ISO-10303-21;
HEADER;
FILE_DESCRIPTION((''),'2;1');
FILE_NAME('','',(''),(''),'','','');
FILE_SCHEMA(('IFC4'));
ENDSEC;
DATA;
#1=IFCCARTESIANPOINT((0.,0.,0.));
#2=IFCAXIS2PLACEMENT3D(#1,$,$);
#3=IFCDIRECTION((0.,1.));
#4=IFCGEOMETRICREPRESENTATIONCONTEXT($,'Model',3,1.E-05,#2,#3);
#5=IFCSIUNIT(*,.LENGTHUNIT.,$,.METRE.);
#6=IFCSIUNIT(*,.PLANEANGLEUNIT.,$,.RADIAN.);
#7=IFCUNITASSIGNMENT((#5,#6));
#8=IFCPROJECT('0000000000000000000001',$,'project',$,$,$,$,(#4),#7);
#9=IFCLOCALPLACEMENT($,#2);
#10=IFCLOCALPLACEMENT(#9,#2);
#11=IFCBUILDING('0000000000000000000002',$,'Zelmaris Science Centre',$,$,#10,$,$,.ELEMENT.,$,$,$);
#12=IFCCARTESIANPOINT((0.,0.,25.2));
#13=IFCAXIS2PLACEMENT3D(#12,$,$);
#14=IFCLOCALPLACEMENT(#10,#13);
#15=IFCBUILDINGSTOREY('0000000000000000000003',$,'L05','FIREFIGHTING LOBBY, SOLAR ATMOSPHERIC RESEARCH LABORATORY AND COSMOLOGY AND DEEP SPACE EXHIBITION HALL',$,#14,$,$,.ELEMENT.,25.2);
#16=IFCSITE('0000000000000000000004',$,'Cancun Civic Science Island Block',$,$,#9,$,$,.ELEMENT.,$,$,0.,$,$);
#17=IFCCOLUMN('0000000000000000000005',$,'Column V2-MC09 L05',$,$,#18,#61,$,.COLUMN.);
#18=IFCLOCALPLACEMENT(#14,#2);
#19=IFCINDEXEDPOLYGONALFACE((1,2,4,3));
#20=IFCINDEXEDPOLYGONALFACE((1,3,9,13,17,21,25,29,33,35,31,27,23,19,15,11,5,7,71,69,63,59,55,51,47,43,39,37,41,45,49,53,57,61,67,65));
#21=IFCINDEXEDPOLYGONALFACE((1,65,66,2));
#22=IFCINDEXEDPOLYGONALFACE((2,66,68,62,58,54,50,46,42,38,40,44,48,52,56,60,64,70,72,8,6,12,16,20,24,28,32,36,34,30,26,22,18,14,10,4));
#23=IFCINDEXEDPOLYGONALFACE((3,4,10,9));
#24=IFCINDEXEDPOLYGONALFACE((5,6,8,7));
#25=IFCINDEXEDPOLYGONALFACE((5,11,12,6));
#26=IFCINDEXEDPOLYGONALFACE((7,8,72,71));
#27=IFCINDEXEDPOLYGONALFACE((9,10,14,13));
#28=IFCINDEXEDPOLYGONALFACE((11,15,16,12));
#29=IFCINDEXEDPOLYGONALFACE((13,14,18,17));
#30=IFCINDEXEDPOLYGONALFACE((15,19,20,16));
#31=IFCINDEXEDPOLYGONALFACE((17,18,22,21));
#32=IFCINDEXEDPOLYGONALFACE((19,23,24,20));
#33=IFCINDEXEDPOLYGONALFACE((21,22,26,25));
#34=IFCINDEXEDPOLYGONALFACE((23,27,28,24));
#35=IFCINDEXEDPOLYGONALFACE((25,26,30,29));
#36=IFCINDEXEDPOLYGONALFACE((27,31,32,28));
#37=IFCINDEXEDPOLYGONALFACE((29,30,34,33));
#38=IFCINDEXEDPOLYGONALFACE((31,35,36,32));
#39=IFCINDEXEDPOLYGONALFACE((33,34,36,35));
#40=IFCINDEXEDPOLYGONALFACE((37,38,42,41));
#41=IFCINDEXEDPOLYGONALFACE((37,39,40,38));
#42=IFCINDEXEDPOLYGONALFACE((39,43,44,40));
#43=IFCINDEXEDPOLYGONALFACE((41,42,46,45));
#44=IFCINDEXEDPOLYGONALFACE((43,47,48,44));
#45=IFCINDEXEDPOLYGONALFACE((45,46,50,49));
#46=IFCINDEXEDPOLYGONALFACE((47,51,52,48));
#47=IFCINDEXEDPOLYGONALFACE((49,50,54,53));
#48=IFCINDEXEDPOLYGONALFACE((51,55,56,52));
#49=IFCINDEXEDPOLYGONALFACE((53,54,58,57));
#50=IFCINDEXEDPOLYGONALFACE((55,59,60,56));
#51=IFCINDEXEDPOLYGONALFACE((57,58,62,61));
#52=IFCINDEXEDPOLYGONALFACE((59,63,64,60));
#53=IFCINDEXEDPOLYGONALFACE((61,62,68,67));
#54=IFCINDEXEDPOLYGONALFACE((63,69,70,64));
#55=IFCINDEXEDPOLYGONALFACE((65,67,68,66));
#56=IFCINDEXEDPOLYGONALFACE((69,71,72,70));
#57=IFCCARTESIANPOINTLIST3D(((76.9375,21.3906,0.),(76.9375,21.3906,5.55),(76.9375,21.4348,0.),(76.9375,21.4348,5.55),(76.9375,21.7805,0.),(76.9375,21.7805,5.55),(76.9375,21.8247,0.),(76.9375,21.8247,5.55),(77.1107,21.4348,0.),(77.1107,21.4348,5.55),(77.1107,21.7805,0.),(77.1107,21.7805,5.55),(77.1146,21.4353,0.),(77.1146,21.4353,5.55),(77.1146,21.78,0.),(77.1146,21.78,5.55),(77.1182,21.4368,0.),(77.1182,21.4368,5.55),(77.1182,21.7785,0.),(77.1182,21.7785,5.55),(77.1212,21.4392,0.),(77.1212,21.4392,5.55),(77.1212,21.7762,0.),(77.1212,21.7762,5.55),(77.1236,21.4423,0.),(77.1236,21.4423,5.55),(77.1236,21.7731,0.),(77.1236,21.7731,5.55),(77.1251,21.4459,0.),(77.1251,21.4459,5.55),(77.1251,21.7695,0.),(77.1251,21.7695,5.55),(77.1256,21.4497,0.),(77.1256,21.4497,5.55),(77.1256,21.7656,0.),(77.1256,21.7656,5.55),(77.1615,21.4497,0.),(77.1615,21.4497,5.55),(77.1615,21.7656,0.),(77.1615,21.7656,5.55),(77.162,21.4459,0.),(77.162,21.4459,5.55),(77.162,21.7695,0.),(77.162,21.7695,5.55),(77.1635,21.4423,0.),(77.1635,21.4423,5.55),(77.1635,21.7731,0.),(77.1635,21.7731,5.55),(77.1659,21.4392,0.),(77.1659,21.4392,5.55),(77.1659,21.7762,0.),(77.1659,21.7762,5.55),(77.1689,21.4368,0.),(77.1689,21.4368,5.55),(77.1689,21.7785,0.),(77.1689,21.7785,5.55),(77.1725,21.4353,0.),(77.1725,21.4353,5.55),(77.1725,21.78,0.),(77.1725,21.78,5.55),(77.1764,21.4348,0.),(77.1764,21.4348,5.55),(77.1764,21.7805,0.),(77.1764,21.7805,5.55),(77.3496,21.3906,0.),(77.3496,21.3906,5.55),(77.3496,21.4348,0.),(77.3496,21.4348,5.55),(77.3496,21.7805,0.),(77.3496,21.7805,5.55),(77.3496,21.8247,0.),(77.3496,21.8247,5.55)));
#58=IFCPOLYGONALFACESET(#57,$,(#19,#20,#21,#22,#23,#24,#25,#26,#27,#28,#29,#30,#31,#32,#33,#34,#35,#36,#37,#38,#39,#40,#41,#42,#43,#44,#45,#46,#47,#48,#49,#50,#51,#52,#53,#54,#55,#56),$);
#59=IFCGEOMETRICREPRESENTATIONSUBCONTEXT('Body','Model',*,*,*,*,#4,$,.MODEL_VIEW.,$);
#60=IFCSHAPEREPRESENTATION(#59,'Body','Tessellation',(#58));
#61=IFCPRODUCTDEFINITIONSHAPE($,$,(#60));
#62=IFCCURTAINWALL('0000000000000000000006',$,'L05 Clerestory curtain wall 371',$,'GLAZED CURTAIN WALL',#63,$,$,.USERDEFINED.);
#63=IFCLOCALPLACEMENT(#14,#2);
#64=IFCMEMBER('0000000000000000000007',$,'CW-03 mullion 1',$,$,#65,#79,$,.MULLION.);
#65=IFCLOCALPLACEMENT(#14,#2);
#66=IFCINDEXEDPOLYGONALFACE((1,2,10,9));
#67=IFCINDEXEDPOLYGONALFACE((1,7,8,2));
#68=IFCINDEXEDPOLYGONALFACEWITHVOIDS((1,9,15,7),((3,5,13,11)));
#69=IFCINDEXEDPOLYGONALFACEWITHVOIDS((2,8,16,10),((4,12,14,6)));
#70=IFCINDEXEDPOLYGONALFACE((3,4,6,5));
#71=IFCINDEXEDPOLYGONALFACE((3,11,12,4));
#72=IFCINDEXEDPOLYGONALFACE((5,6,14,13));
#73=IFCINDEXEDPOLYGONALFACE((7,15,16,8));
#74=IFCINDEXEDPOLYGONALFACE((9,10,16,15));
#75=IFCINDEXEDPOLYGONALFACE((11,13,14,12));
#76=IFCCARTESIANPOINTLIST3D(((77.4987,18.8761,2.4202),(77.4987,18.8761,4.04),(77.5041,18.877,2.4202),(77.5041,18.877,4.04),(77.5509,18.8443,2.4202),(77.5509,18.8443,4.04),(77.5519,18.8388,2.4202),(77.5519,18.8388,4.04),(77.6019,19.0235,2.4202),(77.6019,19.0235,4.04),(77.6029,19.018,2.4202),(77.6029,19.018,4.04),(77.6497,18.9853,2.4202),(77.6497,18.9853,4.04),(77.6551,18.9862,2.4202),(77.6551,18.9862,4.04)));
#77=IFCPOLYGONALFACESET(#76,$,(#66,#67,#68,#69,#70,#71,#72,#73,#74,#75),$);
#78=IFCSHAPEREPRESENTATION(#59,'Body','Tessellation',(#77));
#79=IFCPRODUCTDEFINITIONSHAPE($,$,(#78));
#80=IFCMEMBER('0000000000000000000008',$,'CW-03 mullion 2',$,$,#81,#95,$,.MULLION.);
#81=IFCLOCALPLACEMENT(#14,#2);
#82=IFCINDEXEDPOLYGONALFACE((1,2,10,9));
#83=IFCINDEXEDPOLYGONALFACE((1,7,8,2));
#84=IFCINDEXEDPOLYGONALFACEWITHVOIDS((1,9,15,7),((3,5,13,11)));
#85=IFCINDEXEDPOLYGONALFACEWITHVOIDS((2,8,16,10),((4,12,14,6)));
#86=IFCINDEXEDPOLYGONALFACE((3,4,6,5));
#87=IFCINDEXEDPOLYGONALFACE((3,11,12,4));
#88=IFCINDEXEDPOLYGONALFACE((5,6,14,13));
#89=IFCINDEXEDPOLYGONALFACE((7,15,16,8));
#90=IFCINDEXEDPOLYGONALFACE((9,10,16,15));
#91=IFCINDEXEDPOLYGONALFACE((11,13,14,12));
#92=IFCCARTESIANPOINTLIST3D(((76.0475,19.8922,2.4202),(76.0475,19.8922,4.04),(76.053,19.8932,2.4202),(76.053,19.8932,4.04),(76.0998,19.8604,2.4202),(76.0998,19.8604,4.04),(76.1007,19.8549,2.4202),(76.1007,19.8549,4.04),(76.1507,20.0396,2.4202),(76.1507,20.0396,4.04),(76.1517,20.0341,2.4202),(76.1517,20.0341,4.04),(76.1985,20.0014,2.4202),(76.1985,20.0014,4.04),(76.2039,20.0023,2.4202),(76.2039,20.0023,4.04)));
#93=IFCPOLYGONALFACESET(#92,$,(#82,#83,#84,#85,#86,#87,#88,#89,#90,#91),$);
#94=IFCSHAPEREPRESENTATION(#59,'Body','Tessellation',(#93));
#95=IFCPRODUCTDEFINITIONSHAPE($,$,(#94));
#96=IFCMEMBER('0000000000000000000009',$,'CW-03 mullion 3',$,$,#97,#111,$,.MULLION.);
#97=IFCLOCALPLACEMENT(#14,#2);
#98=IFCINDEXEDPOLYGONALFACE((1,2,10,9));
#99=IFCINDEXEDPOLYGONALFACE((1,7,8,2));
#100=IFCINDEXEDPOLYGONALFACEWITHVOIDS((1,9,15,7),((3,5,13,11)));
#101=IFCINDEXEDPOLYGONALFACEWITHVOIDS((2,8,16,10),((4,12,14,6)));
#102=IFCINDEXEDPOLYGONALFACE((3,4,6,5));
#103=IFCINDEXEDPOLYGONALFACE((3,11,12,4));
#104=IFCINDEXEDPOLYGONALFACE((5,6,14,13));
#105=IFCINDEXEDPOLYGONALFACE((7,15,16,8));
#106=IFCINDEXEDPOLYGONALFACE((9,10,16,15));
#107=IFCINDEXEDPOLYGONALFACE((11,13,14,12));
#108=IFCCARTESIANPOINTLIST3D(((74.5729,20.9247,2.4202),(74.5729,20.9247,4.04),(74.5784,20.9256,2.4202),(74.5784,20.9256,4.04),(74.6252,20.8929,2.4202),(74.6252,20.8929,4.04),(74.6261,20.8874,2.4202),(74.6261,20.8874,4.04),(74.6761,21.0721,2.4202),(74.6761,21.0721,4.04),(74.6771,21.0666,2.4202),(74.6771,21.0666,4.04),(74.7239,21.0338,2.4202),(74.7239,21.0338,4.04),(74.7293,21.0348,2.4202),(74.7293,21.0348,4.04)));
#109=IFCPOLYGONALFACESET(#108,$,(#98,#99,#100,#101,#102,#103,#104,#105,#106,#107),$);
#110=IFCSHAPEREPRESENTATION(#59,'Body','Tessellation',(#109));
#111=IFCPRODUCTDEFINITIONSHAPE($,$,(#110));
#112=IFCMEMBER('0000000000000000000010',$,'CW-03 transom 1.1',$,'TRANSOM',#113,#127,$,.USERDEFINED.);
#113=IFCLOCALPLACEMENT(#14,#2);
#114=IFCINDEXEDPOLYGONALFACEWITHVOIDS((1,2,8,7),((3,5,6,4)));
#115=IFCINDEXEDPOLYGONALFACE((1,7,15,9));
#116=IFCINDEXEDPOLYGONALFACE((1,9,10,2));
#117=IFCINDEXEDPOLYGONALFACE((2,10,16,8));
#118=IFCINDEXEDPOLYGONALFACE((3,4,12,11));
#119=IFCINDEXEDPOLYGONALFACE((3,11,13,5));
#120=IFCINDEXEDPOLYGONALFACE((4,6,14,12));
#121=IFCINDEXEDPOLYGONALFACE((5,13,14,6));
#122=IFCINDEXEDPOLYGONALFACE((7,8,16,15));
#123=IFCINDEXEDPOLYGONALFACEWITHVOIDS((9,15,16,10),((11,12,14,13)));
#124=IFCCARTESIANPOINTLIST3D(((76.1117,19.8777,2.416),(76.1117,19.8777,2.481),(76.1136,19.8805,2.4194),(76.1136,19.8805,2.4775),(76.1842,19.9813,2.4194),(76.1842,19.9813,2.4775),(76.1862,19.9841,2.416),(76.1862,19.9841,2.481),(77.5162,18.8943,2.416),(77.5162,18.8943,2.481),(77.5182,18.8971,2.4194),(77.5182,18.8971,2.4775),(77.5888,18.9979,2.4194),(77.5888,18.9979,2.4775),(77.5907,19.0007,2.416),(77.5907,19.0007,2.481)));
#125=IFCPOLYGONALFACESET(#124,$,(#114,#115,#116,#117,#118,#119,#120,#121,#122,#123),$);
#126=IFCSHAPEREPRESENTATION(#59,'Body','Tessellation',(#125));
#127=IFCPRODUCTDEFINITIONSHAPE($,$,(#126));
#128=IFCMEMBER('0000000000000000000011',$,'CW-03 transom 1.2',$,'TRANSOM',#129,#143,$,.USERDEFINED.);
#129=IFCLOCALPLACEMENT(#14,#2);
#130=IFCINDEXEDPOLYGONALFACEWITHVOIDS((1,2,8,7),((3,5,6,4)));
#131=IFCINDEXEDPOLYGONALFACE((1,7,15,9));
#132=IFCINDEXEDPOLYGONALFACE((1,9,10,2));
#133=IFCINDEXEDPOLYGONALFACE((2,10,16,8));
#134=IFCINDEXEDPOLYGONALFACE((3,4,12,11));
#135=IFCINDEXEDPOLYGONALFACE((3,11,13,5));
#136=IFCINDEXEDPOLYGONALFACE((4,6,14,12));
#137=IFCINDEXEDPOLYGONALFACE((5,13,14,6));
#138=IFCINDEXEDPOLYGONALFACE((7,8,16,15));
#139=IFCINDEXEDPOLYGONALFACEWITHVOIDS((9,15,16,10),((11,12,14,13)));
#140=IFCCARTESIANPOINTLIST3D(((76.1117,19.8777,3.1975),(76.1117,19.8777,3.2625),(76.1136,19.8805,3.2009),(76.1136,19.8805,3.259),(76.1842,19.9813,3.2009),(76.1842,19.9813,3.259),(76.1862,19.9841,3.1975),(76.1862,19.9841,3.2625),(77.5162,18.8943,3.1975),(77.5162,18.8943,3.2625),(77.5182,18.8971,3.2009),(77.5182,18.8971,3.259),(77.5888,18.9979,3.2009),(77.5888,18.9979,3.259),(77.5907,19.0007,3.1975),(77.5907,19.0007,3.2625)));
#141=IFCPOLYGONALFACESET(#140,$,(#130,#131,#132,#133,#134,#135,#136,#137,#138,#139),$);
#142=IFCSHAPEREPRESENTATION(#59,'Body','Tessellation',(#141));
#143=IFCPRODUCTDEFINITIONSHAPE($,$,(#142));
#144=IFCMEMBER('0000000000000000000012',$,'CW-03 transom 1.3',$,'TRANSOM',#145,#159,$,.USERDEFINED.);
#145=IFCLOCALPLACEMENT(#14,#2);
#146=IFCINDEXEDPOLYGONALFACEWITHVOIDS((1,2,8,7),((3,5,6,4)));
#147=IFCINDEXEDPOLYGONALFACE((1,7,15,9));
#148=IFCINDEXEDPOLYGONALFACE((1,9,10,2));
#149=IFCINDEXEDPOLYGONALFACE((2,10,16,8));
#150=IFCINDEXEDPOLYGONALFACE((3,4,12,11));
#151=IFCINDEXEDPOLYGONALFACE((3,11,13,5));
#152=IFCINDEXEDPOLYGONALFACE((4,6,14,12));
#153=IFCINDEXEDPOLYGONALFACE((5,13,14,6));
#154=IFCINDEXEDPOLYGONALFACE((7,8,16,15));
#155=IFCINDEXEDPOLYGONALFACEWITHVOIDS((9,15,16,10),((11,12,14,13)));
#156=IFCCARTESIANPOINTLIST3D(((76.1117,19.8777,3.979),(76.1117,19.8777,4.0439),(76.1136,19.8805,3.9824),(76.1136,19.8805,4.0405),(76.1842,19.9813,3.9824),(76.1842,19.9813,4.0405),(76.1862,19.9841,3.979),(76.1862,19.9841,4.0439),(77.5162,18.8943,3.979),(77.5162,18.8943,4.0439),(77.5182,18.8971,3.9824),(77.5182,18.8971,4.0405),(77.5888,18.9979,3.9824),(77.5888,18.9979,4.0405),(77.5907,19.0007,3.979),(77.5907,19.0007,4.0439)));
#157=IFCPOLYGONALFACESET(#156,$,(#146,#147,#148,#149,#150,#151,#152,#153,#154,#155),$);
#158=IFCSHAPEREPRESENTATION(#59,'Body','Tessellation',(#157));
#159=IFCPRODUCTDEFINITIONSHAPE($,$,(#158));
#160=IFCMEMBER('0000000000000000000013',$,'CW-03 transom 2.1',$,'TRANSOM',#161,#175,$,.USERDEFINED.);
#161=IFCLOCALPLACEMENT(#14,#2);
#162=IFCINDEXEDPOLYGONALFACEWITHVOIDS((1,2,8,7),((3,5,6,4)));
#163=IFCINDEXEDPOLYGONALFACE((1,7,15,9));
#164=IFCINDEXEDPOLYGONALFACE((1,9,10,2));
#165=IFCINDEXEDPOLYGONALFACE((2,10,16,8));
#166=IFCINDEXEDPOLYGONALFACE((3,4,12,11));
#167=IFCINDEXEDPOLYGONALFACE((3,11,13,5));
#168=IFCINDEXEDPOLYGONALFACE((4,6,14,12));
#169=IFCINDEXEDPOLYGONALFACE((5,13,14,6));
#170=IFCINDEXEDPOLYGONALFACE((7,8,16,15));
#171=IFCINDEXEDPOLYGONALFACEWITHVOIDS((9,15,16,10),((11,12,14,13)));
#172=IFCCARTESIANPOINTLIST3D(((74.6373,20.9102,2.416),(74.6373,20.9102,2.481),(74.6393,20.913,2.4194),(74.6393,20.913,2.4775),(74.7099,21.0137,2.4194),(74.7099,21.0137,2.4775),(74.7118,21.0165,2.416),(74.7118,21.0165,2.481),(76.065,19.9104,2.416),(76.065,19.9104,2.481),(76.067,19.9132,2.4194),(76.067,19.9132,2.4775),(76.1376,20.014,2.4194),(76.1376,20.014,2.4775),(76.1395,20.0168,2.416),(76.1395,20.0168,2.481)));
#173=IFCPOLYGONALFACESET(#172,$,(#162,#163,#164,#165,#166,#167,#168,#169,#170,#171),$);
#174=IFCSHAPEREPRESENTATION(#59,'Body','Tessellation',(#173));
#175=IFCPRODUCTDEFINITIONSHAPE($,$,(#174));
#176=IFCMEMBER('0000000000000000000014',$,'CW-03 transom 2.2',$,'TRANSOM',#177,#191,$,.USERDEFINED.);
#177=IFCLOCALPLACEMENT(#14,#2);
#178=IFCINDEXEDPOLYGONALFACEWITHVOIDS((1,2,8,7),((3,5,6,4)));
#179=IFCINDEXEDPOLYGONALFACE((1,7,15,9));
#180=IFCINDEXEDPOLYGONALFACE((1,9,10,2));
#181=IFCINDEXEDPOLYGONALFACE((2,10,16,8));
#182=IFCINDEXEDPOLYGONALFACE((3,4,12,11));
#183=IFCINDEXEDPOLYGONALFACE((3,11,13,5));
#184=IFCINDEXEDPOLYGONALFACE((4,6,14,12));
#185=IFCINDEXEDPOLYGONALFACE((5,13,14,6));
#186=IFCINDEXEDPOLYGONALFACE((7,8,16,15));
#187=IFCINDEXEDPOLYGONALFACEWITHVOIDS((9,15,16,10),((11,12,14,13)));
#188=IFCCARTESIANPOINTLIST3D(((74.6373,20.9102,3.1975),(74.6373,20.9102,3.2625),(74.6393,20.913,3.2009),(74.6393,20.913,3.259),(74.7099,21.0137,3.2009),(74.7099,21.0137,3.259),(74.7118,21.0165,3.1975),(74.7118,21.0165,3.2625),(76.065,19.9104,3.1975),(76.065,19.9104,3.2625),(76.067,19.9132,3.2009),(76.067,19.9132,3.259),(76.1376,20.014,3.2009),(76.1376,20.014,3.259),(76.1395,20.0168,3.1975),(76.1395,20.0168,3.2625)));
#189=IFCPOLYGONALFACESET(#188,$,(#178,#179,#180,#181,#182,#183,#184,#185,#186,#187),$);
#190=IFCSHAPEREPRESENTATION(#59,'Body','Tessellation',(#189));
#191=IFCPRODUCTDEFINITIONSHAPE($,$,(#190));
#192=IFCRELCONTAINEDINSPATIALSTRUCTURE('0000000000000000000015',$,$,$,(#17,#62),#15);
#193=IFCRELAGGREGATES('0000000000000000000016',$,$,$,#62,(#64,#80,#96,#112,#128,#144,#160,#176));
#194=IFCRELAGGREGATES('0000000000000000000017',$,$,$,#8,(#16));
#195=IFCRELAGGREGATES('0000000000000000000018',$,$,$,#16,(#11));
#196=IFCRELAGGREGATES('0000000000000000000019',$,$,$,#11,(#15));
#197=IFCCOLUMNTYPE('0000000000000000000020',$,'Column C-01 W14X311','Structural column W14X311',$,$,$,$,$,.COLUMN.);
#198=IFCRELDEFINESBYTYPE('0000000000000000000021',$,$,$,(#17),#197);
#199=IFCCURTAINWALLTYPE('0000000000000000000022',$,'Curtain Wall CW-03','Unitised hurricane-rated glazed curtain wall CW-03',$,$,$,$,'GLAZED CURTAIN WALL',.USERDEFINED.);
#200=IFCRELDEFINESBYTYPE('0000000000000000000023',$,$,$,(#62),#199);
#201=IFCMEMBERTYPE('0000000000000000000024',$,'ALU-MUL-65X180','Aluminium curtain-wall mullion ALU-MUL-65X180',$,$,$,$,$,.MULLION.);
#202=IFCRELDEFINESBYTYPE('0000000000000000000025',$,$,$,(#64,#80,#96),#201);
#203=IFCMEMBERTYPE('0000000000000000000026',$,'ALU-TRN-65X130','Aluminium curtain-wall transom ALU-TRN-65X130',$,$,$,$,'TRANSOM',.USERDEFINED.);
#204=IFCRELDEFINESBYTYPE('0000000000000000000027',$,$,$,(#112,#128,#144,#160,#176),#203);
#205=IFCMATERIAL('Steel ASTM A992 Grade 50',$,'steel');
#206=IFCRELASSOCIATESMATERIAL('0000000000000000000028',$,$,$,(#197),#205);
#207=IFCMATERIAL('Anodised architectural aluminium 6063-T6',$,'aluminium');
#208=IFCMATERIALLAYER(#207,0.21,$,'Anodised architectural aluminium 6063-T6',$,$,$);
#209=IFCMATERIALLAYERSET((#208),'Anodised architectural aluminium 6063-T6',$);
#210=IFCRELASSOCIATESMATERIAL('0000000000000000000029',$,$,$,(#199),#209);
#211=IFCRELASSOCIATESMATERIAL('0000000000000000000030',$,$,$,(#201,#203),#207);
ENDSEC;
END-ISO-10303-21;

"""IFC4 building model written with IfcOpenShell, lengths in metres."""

from ifc_helpers import new_model, si_unit, direction, frame, origin, origin_2d, place, context, subcontext, project, spatial, hollow_rectangle, i_section, extrude, material, layer, layer_set, material_profile, profile_set, type_object, element, aggregate, save


model = new_model("IFC4")

# Units and contexts
model_context = context("Model", 3, precision=1e-05, world=origin(), true_north=direction((0.0, 1.0)))
body_context = subcontext(model_context, "Body", "Model", "MODEL_VIEW")
ifc_project = project(units=[si_unit("LENGTHUNIT", "METRE"), si_unit("PLANEANGLEUNIT", "RADIAN")], contexts=[model_context])

# Site, building, storey
site_placement = place(None, origin())
site = spatial("IfcSite", under=ifc_project, at=site_placement, Name="Cancun Civic Science Island Block", CompositionType="ELEMENT", RefElevation=0.0)
building_placement = place(site_placement, origin())
building = spatial("IfcBuilding", under=site, at=building_placement, Name="Zelmaris Science Centre", CompositionType="ELEMENT")
storey_placement = place(building_placement, frame((0.0, 0.0, 25.2)))
storey = spatial("IfcBuildingStorey", under=building, at=storey_placement, Name="L05", Description="FIREFIGHTING LOBBY, SOLAR ATMOSPHERIC RESEARCH LABORATORY AND COSMOLOGY AND DEEP SPACE EXHIBITION HALL", CompositionType="ELEMENT", Elevation=25.2)

# Column
ifc_material_1 = material(Name="Steel ASTM A992 Grade 50", Category="steel")
ifc_material_profile_1 = material_profile(ifc_material_1, i_section(OverallWidth=0.4121, OverallDepth=0.4341, WebThickness=0.0359, FlangeThickness=0.0442, FilletRadius=0.0149, at=origin_2d()), Name="W14X311")
ifc_profile_set_1 = profile_set([ifc_material_profile_1], Name="Steel ASTM A992 Grade 50")
column_type = type_object("IfcColumnType", Name="Column C-01 W14X311", Description="Structural column W14X311", PredefinedType="COLUMN", material=ifc_profile_set_1)
column_placement = place(storey_placement, frame((77.1436, 21.6077, 0.0), z_axis=(0.0, 0.0, 1.0), x_axis=(1.0, 0.0, 0.0)))
element("IfcColumn", 1, at=column_placement, inside=storey, type_object=column_type, Name="Column V2-MC09 L05", PredefinedType="COLUMN", context=body_context, shape_type="SweptSolid", body=[
    extrude(i_section(OverallWidth=0.4121, OverallDepth=0.4341, WebThickness=0.0359, FlangeThickness=0.0442, FilletRadius=0.0149, at=origin_2d()), origin(), (0.0, 0.0, 1.0), 5.55),
])

# Curtain wall, members
ifc_material_2 = material(Name="Anodised architectural aluminium 6063-T6", Category="aluminium")
ifc_layer_1 = layer(ifc_material_2, 0.21, Name="Anodised architectural aluminium 6063-T6")
ifc_layer_set_1 = layer_set([ifc_layer_1], Name="Anodised architectural aluminium 6063-T6")
curtain_wall_type = type_object("IfcCurtainWallType", Name="Curtain Wall CW-03", Description="Unitised hurricane-rated glazed curtain wall CW-03", ElementType="GLAZED CURTAIN WALL", PredefinedType="USERDEFINED", material=ifc_layer_set_1)
curtain_wall_placement = place(storey_placement, origin())
curtain_wall = element("IfcCurtainWall", 2, at=curtain_wall_placement, inside=storey, type_object=curtain_wall_type, Name="L05 Clerestory curtain wall 371", ObjectType="GLAZED CURTAIN WALL", PredefinedType="USERDEFINED")
ifc_material_profile_2 = material_profile(ifc_material_2, hollow_rectangle(XDim=0.0649, YDim=0.1799, WallThickness=0.0039, at=origin_2d()), Name="ALU-MUL-65X180")
ifc_profile_set_2 = profile_set([ifc_material_profile_2], Name="Anodised architectural aluminium 6063-T6")
member_type_1 = type_object("IfcMemberType", Name="ALU-MUL-65X180", Description="Aluminium curtain-wall mullion ALU-MUL-65X180", PredefinedType="MULLION", material=ifc_profile_set_2)
member_1_placement = place(storey_placement, frame((77.5769, 18.9312, 2.4202), z_axis=(0.0, 0.0, 1.0), x_axis=(-0.819154, 0.573574, 0.0)))
member_1 = element("IfcMember", 3, at=member_1_placement, type_object=member_type_1, Name="CW-03 mullion 1", PredefinedType="MULLION", context=body_context, shape_type="SweptSolid", body=[
    extrude(hollow_rectangle(XDim=0.0649, YDim=0.1799, WallThickness=0.0039, at=origin_2d()), origin(), (0.0, 0.0, 1.0), 1.6199),
])
member_2_placement = place(storey_placement, frame((76.1257, 19.9473, 2.4202), z_axis=(0.0, 0.0, 1.0), x_axis=(-0.819154, 0.573574, 0.0)))
member_2 = element("IfcMember", 4, at=member_2_placement, type_object=member_type_1, Name="CW-03 mullion 2", PredefinedType="MULLION", context=body_context, shape_type="SweptSolid", body=[
    extrude(hollow_rectangle(XDim=0.0649, YDim=0.1799, WallThickness=0.0039, at=origin_2d()), origin(), (0.0, 0.0, 1.0), 1.6199),
])
member_3_placement = place(storey_placement, frame((74.6511, 20.9797, 2.4202), z_axis=(0.0, 0.0, 1.0), x_axis=(-0.819154, 0.573574, 0.0)))
member_3 = element("IfcMember", 5, at=member_3_placement, type_object=member_type_1, Name="CW-03 mullion 3", PredefinedType="MULLION", context=body_context, shape_type="SweptSolid", body=[
    extrude(hollow_rectangle(XDim=0.0649, YDim=0.1799, WallThickness=0.0039, at=origin_2d()), origin(), (0.0, 0.0, 1.0), 1.6199),
])
ifc_material_profile_3 = material_profile(ifc_material_2, hollow_rectangle(XDim=0.0649, YDim=0.1299, WallThickness=0.0034, at=origin_2d()), Name="ALU-TRN-65X130")
ifc_profile_set_3 = profile_set([ifc_material_profile_3], Name="Anodised architectural aluminium 6063-T6")
member_type_2 = type_object("IfcMemberType", Name="ALU-TRN-65X130", Description="Aluminium curtain-wall transom ALU-TRN-65X130", ElementType="TRANSOM", PredefinedType="USERDEFINED", material=ifc_profile_set_3)
member_4_placement = place(storey_placement, frame((77.5535, 18.9475, 2.4485), z_axis=(-0.819172, 0.573548, 0.0), x_axis=(0.0, 0.0, 1.0)))
member_4 = element("IfcMember", 6, at=member_4_placement, type_object=member_type_2, Name="CW-03 transom 1.1", ObjectType="TRANSOM", PredefinedType="USERDEFINED", context=body_context, shape_type="SweptSolid", body=[
    extrude(hollow_rectangle(XDim=0.0649, YDim=0.1299, WallThickness=0.0034, at=origin_2d()), origin(), (0.0, 0.0, 1.0), 1.7146),
])
member_5_placement = place(storey_placement, frame((77.5535, 18.9475, 3.23), z_axis=(-0.819172, 0.573548, 0.0), x_axis=(0.0, 0.0, 1.0)))
member_5 = element("IfcMember", 7, at=member_5_placement, type_object=member_type_2, Name="CW-03 transom 1.2", ObjectType="TRANSOM", PredefinedType="USERDEFINED", context=body_context, shape_type="SweptSolid", body=[
    extrude(hollow_rectangle(XDim=0.0649, YDim=0.1299, WallThickness=0.0034, at=origin_2d()), origin(), (0.0, 0.0, 1.0), 1.7146),
])
member_6_placement = place(storey_placement, frame((77.5535, 18.9475, 4.0115), z_axis=(-0.819172, 0.573548, 0.0), x_axis=(0.0, 0.0, 1.0)))
member_6 = element("IfcMember", 8, at=member_6_placement, type_object=member_type_2, Name="CW-03 transom 1.3", ObjectType="TRANSOM", PredefinedType="USERDEFINED", context=body_context, shape_type="SweptSolid", body=[
    extrude(hollow_rectangle(XDim=0.0649, YDim=0.1299, WallThickness=0.0034, at=origin_2d()), origin(), (0.0, 0.0, 1.0), 1.7146),
])
member_7_placement = place(storey_placement, frame((76.1023, 19.9636, 2.4485), z_axis=(-0.81914, 0.573594, 0.0), x_axis=(0.0, 0.0, 1.0)))
member_7 = element("IfcMember", 9, at=member_7_placement, type_object=member_type_2, Name="CW-03 transom 2.1", ObjectType="TRANSOM", PredefinedType="USERDEFINED", context=body_context, shape_type="SweptSolid", body=[
    extrude(hollow_rectangle(XDim=0.0649, YDim=0.1299, WallThickness=0.0034, at=origin_2d()), origin(), (0.0, 0.0, 1.0), 1.7429),
])
member_8_placement = place(storey_placement, frame((76.1023, 19.9636, 3.23), z_axis=(-0.81914, 0.573594, 0.0), x_axis=(0.0, 0.0, 1.0)))
member_8 = element("IfcMember", 10, at=member_8_placement, type_object=member_type_2, Name="CW-03 transom 2.2", ObjectType="TRANSOM", PredefinedType="USERDEFINED", context=body_context, shape_type="SweptSolid", body=[
    extrude(hollow_rectangle(XDim=0.0649, YDim=0.1299, WallThickness=0.0034, at=origin_2d()), origin(), (0.0, 0.0, 1.0), 1.7429),
])

aggregate(curtain_wall, [member_1, member_2, member_3, member_4, member_5, member_6, member_7, member_8])

save(model, "model.ifc")
